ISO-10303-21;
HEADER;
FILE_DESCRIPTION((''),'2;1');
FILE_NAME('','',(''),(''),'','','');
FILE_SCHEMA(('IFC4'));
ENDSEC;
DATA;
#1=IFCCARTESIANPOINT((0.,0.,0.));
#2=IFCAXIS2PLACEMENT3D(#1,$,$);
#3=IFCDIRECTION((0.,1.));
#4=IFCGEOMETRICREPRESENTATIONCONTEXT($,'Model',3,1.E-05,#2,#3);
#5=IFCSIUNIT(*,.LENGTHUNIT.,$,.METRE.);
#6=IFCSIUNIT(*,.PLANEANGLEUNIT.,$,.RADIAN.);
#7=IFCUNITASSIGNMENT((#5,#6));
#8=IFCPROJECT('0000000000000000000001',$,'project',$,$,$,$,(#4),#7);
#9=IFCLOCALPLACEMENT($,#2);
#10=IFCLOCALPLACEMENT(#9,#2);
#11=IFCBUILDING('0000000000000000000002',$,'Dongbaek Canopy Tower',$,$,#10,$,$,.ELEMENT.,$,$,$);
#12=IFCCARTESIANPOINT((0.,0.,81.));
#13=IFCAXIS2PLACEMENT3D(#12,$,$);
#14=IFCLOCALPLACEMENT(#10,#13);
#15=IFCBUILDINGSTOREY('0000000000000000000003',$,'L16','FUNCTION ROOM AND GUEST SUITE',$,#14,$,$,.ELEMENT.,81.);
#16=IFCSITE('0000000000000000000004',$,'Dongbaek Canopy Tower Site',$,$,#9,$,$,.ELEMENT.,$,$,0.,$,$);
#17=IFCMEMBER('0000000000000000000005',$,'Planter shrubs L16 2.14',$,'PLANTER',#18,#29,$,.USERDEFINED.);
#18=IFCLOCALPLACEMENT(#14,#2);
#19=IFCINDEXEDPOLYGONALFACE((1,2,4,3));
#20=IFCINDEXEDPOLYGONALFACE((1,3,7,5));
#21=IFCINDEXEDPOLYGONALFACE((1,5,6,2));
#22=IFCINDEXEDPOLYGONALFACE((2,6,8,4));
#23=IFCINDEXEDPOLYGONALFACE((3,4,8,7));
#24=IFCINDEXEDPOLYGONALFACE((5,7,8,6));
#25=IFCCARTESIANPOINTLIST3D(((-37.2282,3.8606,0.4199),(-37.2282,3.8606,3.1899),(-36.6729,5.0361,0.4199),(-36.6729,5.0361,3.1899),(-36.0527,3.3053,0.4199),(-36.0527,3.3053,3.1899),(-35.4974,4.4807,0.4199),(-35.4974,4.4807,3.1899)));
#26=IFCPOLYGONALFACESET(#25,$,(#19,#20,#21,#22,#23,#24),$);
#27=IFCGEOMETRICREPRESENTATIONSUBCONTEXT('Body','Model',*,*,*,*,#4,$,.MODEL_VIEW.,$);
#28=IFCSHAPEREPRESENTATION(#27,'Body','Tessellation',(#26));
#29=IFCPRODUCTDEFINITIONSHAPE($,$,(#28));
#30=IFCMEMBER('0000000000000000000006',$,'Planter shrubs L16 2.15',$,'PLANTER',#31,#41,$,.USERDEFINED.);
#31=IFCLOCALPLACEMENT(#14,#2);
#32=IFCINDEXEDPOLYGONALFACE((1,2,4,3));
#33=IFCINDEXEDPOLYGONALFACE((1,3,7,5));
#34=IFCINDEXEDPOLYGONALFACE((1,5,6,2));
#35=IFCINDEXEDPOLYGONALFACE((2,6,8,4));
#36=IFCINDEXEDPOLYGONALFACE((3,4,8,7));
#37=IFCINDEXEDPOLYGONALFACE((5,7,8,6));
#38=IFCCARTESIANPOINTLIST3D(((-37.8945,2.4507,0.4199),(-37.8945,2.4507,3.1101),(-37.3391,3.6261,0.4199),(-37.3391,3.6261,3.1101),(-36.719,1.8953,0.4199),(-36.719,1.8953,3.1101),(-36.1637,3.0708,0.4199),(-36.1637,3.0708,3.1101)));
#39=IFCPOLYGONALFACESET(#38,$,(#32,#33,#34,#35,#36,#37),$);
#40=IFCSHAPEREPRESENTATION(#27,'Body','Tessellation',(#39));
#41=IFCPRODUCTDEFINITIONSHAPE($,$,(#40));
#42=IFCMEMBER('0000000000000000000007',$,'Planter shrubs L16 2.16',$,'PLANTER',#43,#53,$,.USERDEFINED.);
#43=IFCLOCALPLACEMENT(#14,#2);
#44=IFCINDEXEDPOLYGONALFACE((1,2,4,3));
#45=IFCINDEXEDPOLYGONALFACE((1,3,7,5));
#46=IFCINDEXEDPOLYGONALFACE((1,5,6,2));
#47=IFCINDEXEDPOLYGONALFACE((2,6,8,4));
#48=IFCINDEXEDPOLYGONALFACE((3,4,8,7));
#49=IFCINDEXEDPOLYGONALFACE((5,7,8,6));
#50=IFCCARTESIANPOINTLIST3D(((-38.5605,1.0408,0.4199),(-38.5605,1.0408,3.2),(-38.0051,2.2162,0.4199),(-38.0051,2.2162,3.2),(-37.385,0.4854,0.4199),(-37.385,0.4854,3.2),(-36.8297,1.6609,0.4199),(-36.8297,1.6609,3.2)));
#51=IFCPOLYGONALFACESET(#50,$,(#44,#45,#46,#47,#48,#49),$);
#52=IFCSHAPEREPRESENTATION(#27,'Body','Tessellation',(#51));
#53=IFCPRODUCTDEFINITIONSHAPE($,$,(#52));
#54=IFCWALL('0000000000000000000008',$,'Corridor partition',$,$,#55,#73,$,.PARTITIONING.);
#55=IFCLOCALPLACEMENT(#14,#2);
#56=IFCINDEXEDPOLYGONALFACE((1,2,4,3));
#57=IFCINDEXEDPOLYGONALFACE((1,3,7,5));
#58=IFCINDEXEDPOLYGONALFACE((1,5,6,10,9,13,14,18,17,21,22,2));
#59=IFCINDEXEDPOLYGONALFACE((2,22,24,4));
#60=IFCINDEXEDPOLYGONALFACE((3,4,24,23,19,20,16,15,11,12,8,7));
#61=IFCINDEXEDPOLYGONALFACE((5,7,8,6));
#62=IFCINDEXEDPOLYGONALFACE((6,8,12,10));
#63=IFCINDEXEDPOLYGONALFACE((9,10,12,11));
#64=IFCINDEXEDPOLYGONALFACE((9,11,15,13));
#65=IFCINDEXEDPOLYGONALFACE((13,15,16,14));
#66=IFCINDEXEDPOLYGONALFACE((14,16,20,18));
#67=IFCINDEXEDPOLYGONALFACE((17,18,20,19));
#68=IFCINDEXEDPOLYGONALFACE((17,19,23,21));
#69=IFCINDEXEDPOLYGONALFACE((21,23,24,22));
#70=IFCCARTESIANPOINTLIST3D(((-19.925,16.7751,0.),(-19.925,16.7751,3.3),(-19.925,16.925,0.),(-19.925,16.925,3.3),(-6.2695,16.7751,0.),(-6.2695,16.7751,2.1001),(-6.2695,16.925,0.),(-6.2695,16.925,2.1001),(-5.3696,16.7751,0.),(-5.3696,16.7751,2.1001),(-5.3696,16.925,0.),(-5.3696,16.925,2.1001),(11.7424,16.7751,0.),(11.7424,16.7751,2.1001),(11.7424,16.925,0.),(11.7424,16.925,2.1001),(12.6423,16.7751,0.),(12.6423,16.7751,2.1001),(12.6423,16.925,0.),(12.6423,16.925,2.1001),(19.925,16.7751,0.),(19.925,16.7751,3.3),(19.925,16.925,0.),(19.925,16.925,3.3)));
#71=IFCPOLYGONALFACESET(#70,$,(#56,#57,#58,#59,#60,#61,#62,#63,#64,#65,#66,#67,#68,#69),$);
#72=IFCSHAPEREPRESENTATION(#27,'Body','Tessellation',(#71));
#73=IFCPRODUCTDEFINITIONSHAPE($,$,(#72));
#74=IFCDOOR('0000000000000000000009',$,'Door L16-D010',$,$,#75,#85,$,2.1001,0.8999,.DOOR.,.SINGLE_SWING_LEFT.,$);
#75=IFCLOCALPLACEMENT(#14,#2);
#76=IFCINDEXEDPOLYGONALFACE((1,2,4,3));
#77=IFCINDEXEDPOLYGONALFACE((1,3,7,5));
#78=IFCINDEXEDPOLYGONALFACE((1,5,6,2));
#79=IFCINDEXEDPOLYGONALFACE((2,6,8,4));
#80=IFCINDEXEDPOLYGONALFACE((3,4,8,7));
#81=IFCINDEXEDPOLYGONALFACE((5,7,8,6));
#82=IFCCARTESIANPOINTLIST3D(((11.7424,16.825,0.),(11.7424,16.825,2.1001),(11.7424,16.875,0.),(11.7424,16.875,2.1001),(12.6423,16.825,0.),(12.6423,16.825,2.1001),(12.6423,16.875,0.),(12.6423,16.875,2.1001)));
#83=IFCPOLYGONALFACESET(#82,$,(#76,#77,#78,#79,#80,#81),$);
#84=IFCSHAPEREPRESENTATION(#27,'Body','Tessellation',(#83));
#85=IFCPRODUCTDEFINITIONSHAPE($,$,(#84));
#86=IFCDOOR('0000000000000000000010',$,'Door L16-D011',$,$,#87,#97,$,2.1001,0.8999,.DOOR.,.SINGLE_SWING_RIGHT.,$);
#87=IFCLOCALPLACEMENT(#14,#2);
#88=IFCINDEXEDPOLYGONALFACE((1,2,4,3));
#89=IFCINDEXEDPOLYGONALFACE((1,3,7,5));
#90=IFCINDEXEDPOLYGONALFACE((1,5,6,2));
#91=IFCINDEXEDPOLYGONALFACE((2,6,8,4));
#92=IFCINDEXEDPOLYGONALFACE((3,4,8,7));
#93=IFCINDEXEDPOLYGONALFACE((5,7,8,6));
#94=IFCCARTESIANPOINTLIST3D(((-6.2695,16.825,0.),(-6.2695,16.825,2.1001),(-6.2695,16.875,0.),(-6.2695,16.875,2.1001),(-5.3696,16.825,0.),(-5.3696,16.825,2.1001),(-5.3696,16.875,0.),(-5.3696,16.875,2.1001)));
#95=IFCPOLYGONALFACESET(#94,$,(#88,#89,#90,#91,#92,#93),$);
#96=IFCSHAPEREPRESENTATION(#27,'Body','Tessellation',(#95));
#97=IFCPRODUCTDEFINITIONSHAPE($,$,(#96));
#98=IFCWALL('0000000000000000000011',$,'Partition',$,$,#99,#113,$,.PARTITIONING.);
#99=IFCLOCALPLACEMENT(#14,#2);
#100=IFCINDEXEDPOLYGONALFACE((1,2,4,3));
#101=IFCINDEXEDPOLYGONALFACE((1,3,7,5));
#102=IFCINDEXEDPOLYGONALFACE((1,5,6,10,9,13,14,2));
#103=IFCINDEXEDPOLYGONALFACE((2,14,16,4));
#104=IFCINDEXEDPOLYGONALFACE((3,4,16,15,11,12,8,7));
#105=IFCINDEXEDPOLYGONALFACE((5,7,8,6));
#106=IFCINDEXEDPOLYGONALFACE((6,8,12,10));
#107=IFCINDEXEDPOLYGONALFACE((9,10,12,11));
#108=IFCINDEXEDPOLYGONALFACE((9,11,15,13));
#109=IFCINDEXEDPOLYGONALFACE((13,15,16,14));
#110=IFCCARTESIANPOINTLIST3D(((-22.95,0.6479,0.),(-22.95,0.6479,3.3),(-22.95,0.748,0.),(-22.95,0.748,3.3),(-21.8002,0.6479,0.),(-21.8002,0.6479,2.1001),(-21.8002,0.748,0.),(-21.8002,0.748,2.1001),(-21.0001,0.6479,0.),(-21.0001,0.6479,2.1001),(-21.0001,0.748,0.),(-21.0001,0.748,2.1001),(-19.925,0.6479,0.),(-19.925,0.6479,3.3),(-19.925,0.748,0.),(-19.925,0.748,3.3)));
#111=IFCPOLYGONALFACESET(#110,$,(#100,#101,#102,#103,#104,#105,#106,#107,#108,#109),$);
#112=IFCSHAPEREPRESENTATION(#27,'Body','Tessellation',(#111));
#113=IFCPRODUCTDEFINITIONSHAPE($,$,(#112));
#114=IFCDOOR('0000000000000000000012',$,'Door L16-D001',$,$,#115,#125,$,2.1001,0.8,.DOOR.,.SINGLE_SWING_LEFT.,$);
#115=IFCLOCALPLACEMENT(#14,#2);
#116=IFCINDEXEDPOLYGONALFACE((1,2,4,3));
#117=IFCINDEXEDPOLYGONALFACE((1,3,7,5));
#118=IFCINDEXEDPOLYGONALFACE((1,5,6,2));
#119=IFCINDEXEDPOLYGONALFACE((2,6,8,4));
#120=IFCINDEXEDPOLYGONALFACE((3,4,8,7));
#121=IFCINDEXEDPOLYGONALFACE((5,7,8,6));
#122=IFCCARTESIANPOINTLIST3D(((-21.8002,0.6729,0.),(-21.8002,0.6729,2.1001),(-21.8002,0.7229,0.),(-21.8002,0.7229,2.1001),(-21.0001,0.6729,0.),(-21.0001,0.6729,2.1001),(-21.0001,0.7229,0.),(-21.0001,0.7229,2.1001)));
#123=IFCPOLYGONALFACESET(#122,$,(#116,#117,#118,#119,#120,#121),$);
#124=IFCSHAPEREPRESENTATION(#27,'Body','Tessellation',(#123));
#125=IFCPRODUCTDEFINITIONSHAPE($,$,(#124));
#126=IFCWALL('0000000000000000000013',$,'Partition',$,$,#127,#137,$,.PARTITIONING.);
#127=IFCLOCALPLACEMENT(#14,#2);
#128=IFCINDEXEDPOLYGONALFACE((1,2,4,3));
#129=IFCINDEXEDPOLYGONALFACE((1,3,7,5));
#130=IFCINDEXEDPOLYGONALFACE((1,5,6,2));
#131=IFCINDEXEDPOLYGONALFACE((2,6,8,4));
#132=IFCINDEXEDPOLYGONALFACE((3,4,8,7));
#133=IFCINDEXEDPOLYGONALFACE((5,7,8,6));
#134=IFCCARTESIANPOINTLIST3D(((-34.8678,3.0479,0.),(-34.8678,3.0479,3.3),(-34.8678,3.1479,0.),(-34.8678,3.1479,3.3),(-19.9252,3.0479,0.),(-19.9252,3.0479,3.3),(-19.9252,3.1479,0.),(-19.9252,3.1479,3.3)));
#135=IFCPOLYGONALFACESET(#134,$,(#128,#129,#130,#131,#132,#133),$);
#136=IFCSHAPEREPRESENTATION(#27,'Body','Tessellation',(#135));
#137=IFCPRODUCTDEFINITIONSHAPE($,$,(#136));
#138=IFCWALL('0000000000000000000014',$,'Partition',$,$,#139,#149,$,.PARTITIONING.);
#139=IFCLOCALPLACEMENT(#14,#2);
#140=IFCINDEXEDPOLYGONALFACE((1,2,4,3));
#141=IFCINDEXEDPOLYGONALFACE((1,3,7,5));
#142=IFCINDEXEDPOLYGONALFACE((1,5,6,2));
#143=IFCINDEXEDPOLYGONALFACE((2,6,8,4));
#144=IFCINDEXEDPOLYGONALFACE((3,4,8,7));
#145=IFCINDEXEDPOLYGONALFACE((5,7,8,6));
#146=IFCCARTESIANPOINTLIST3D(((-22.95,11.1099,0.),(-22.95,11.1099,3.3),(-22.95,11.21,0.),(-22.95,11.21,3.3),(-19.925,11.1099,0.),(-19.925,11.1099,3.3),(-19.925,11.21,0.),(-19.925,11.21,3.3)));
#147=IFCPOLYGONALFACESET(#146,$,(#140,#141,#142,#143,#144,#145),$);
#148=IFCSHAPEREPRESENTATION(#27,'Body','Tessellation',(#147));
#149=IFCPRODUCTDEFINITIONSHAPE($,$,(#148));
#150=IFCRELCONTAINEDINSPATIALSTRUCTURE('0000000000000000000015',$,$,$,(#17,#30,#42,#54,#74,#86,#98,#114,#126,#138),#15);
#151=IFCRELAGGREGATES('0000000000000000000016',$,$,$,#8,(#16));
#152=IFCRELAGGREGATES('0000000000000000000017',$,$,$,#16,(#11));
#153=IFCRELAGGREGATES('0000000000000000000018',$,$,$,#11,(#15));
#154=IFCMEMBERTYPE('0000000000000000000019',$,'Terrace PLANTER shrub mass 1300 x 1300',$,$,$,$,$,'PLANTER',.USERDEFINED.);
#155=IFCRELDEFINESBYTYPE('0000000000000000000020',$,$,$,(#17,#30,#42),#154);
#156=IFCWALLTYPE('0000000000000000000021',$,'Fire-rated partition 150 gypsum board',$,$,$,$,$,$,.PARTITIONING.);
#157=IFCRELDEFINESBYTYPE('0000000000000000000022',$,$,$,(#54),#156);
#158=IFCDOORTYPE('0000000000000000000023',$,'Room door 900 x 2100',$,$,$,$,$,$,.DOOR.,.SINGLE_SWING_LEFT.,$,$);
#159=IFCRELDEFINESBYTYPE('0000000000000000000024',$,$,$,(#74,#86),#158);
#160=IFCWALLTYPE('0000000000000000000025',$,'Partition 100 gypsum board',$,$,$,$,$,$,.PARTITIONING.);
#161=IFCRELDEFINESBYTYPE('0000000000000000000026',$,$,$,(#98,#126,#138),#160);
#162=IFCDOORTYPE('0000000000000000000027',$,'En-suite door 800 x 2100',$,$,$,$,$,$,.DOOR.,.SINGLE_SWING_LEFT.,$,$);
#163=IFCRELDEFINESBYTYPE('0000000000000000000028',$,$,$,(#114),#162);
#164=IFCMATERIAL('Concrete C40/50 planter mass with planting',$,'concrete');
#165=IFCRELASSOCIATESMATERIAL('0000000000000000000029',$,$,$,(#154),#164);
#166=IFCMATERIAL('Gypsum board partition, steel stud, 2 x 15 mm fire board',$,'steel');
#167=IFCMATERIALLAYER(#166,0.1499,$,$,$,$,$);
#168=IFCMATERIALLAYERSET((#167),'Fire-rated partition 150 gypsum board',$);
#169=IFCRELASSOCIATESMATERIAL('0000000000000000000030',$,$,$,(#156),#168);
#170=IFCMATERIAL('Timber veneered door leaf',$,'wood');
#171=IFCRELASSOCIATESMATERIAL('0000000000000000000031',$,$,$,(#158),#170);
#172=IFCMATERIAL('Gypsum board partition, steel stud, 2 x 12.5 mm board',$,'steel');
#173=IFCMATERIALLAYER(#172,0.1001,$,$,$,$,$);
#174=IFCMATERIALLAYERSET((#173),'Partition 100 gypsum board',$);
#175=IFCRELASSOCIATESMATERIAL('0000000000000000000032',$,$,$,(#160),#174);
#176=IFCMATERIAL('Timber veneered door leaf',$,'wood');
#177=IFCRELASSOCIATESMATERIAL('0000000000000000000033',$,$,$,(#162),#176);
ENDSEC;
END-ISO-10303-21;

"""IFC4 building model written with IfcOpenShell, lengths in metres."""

from ifc_helpers import new_model, si_unit, direction, frame, frame_2d, origin, origin_2d, place, context, subcontext, project, spatial, rectangle, extrude, material, layer, layer_set, material_profile, profile_set, type_object, element, fill, save


model = new_model("IFC4")

# Units and contexts
model_context = context("Model", 3, precision=1e-05, world=origin(), true_north=direction((0.0, 1.0)))
body_context = subcontext(model_context, "Body", "Model", "MODEL_VIEW")
ifc_project = project(units=[si_unit("LENGTHUNIT", "METRE"), si_unit("PLANEANGLEUNIT", "RADIAN")], contexts=[model_context])

# Site, building, storey
site_placement = place(None, origin())
site = spatial("IfcSite", under=ifc_project, at=site_placement, Name="Dongbaek Canopy Tower Site", CompositionType="ELEMENT", RefElevation=0.0)
building_placement = place(site_placement, origin())
building = spatial("IfcBuilding", under=site, at=building_placement, Name="Dongbaek Canopy Tower", CompositionType="ELEMENT")
storey_placement = place(building_placement, frame((0.0, 0.0, 81.0)))
storey = spatial("IfcBuildingStorey", under=building, at=storey_placement, Name="L16", Description="FUNCTION ROOM AND GUEST SUITE", CompositionType="ELEMENT", Elevation=81.0)

# Members
ifc_material_1 = material(Name="Concrete C40/50 planter mass with planting", Category="concrete")
ifc_material_profile_1 = material_profile(ifc_material_1, rectangle(XDim=1.3, YDim=1.3, at=origin_2d()), Name="Terrace PLANTER shrub mass 1300 x 1300")
ifc_profile_set_1 = profile_set([ifc_material_profile_1], Name="Concrete C40/50 planter mass with planting")
member_type = type_object("IfcMemberType", Name="Terrace PLANTER shrub mass 1300 x 1300", ElementType="PLANTER", PredefinedType="USERDEFINED", material=ifc_profile_set_1)
member_1_placement = place(storey_placement, frame((-36.3628, 4.1707, 0.4199), z_axis=(0.0, 0.0, 1.0), x_axis=(-0.904177, 0.427157, 0.0)))
element("IfcMember", 1, at=member_1_placement, inside=storey, type_object=member_type, Name="Planter shrubs L16 2.14", ObjectType="PLANTER", PredefinedType="USERDEFINED", context=body_context, shape_type="SweptSolid", body=[
    extrude(rectangle(XDim=1.3, YDim=1.3, at=origin_2d()), origin(), (0.0, 0.0, 1.0), 2.77),
])
member_2_placement = place(storey_placement, frame((-37.0291, 2.7607, 0.4199), z_axis=(0.0, 0.0, 1.0), x_axis=(-0.904177, 0.427157, 0.0)))
element("IfcMember", 2, at=member_2_placement, inside=storey, type_object=member_type, Name="Planter shrubs L16 2.15", ObjectType="PLANTER", PredefinedType="USERDEFINED", context=body_context, shape_type="SweptSolid", body=[
    extrude(rectangle(XDim=1.3, YDim=1.3, at=origin_2d()), origin(), (0.0, 0.0, 1.0), 2.6902),
])
member_3_placement = place(storey_placement, frame((-37.6951, 1.3508, 0.4199), z_axis=(0.0, 0.0, 1.0), x_axis=(-0.904177, 0.427157, 0.0)))
element("IfcMember", 3, at=member_3_placement, inside=storey, type_object=member_type, Name="Planter shrubs L16 2.16", ObjectType="PLANTER", PredefinedType="USERDEFINED", context=body_context, shape_type="SweptSolid", body=[
    extrude(rectangle(XDim=1.3, YDim=1.3, at=origin_2d()), origin(), (0.0, 0.0, 1.0), 2.78),
])

# Wall, openings, doors
ifc_material_2 = material(Name="Gypsum board partition, steel stud, 2 x 15 mm fire board", Category="steel")
ifc_layer_1 = layer(ifc_material_2, 0.1499)
ifc_layer_set_1 = layer_set([ifc_layer_1], Name="Fire-rated partition 150 gypsum board")
wall_type_1 = type_object("IfcWallType", Name="Fire-rated partition 150 gypsum board", PredefinedType="PARTITIONING", material=ifc_layer_set_1)
wall_1_placement = place(storey_placement, frame((-19.925, 16.8501, 0.0), z_axis=(0.0, 0.0, 1.0), x_axis=(1.0, 0.0, 0.0)))
wall_1 = element("IfcWall", 4, at=wall_1_placement, inside=storey, type_object=wall_type_1, Name="Corridor partition", PredefinedType="PARTITIONING", context=body_context, shape_type="SweptSolid", body=[
    extrude(rectangle(XDim=39.8501, YDim=0.1499, at=frame_2d((19.925, 0.0))), origin(), (0.0, 0.0, 1.0), 3.3),
])
opening_1_placement = place(wall_1_placement, frame((31.6675, 0.0, 0.0)))
opening_1 = element("IfcOpeningElement", 5, at=opening_1_placement, cuts=wall_1, PredefinedType="OPENING", context=body_context, shape_type="SweptSolid", body=[
    extrude(rectangle(XDim=0.8999, YDim=2.1001, at=frame_2d((0.45, 1.05))), frame((0.0, 0.085, 0.0), z_axis=(0.0, -1.0, 0.0), x_axis=(1.0, 0.0, 0.0)), (0.0, 0.0, 1.0), 0.1699),
])
opening_2_placement = place(wall_1_placement, frame((13.6555, 0.0, 0.0)))
opening_2 = element("IfcOpeningElement", 6, at=opening_2_placement, cuts=wall_1, PredefinedType="OPENING", context=body_context, shape_type="SweptSolid", body=[
    extrude(rectangle(XDim=0.8999, YDim=2.1001, at=frame_2d((0.45, 1.05))), frame((0.0, 0.085, 0.0), z_axis=(0.0, -1.0, 0.0), x_axis=(1.0, 0.0, 0.0)), (0.0, 0.0, 1.0), 0.1699),
])
ifc_material_3 = material(Name="Timber veneered door leaf", Category="wood")
door_type_1 = type_object("IfcDoorType", Name="Room door 900 x 2100", OperationType="SINGLE_SWING_LEFT", PredefinedType="DOOR", material=ifc_material_3)
door_1_placement = place(opening_1_placement, origin())
door_1 = element("IfcDoor", 7, at=door_1_placement, inside=storey, type_object=door_type_1, Name="Door L16-D010", OperationType="SINGLE_SWING_LEFT", OverallHeight=2.1001, OverallWidth=0.8999, PredefinedType="DOOR", context=body_context, shape_type="SweptSolid", body=[
    extrude(rectangle(XDim=0.8999, YDim=2.1001, at=frame_2d((0.45, 1.05))), frame((0.0, 0.0249, 0.0), z_axis=(0.0, -1.0, 0.0), x_axis=(1.0, 0.0, 0.0)), (0.0, 0.0, 1.0), 0.05),
])
fill(opening_1, door_1)
door_2_placement = place(opening_2_placement, origin())
door_2 = element("IfcDoor", 8, at=door_2_placement, inside=storey, type_object=door_type_1, Name="Door L16-D011", OperationType="SINGLE_SWING_RIGHT", OverallHeight=2.1001, OverallWidth=0.8999, PredefinedType="DOOR", context=body_context, shape_type="SweptSolid", body=[
    extrude(rectangle(XDim=0.8999, YDim=2.1001, at=frame_2d((0.45, 1.05))), frame((0.0, 0.0249, 0.0), z_axis=(0.0, -1.0, 0.0), x_axis=(1.0, 0.0, 0.0)), (0.0, 0.0, 1.0), 0.05),
])
fill(opening_2, door_2)

# Wall, opening, door
ifc_material_4 = material(Name="Gypsum board partition, steel stud, 2 x 12.5 mm board", Category="steel")
ifc_layer_2 = layer(ifc_material_4, 0.1001)
ifc_layer_set_2 = layer_set([ifc_layer_2], Name="Partition 100 gypsum board")
wall_type_2 = type_object("IfcWallType", Name="Partition 100 gypsum board", PredefinedType="PARTITIONING", material=ifc_layer_set_2)
wall_2_placement = place(storey_placement, frame((-22.95, 0.698, 0.0), z_axis=(0.0, 0.0, 1.0), x_axis=(1.0, 0.0, 0.0)))
wall_2 = element("IfcWall", 9, at=wall_2_placement, inside=storey, type_object=wall_type_2, Name="Partition", PredefinedType="PARTITIONING", context=body_context, shape_type="SweptSolid", body=[
    extrude(rectangle(XDim=3.0249, YDim=0.1001, at=frame_2d((1.5125, 0.0))), origin(), (0.0, 0.0, 1.0), 3.3),
])
opening_3_placement = place(wall_2_placement, frame((1.1499, 0.0, 0.0)))
opening_3 = element("IfcOpeningElement", 10, at=opening_3_placement, cuts=wall_2, PredefinedType="OPENING", context=body_context, shape_type="SweptSolid", body=[
    extrude(rectangle(XDim=0.8, YDim=2.1001, at=frame_2d((0.3999, 1.05))), frame((0.0, 0.0601, 0.0), z_axis=(0.0, -1.0, 0.0), x_axis=(1.0, 0.0, 0.0)), (0.0, 0.0, 1.0), 0.1201),
])
ifc_material_5 = material(Name="Timber veneered door leaf", Category="wood")
door_type_2 = type_object("IfcDoorType", Name="En-suite door 800 x 2100", OperationType="SINGLE_SWING_LEFT", PredefinedType="DOOR", material=ifc_material_5)
door_3_placement = place(opening_3_placement, origin())
door_3 = element("IfcDoor", 11, at=door_3_placement, inside=storey, type_object=door_type_2, Name="Door L16-D001", OperationType="SINGLE_SWING_LEFT", OverallHeight=2.1001, OverallWidth=0.8, PredefinedType="DOOR", context=body_context, shape_type="SweptSolid", body=[
    extrude(rectangle(XDim=0.8, YDim=2.1001, at=frame_2d((0.3999, 1.05))), frame((0.0, 0.0249, 0.0), z_axis=(0.0, -1.0, 0.0), x_axis=(1.0, 0.0, 0.0)), (0.0, 0.0, 1.0), 0.05),
])
fill(opening_3, door_3)

# Walls
wall_3_placement = place(storey_placement, frame((-34.8677, 3.0979, 0.0), z_axis=(0.0, 0.0, 1.0), x_axis=(1.0, 0.0, 0.0)))
element("IfcWall", 12, at=wall_3_placement, inside=storey, type_object=wall_type_2, Name="Partition", PredefinedType="PARTITIONING", context=body_context, shape_type="SweptSolid", body=[
    extrude(rectangle(XDim=14.9426, YDim=0.1001, at=frame_2d((7.4712, 0.0))), origin(), (0.0, 0.0, 1.0), 3.3),
])
wall_4_placement = place(storey_placement, frame((-22.95, 11.1599, 0.0), z_axis=(0.0, 0.0, 1.0), x_axis=(1.0, 0.0, 0.0)))
element("IfcWall", 13, at=wall_4_placement, inside=storey, type_object=wall_type_2, Name="Partition", PredefinedType="PARTITIONING", context=body_context, shape_type="SweptSolid", body=[
    extrude(rectangle(XDim=3.0249, YDim=0.1001, at=frame_2d((1.5125, 0.0))), origin(), (0.0, 0.0, 1.0), 3.3),
])

save(model, "model.ifc")
